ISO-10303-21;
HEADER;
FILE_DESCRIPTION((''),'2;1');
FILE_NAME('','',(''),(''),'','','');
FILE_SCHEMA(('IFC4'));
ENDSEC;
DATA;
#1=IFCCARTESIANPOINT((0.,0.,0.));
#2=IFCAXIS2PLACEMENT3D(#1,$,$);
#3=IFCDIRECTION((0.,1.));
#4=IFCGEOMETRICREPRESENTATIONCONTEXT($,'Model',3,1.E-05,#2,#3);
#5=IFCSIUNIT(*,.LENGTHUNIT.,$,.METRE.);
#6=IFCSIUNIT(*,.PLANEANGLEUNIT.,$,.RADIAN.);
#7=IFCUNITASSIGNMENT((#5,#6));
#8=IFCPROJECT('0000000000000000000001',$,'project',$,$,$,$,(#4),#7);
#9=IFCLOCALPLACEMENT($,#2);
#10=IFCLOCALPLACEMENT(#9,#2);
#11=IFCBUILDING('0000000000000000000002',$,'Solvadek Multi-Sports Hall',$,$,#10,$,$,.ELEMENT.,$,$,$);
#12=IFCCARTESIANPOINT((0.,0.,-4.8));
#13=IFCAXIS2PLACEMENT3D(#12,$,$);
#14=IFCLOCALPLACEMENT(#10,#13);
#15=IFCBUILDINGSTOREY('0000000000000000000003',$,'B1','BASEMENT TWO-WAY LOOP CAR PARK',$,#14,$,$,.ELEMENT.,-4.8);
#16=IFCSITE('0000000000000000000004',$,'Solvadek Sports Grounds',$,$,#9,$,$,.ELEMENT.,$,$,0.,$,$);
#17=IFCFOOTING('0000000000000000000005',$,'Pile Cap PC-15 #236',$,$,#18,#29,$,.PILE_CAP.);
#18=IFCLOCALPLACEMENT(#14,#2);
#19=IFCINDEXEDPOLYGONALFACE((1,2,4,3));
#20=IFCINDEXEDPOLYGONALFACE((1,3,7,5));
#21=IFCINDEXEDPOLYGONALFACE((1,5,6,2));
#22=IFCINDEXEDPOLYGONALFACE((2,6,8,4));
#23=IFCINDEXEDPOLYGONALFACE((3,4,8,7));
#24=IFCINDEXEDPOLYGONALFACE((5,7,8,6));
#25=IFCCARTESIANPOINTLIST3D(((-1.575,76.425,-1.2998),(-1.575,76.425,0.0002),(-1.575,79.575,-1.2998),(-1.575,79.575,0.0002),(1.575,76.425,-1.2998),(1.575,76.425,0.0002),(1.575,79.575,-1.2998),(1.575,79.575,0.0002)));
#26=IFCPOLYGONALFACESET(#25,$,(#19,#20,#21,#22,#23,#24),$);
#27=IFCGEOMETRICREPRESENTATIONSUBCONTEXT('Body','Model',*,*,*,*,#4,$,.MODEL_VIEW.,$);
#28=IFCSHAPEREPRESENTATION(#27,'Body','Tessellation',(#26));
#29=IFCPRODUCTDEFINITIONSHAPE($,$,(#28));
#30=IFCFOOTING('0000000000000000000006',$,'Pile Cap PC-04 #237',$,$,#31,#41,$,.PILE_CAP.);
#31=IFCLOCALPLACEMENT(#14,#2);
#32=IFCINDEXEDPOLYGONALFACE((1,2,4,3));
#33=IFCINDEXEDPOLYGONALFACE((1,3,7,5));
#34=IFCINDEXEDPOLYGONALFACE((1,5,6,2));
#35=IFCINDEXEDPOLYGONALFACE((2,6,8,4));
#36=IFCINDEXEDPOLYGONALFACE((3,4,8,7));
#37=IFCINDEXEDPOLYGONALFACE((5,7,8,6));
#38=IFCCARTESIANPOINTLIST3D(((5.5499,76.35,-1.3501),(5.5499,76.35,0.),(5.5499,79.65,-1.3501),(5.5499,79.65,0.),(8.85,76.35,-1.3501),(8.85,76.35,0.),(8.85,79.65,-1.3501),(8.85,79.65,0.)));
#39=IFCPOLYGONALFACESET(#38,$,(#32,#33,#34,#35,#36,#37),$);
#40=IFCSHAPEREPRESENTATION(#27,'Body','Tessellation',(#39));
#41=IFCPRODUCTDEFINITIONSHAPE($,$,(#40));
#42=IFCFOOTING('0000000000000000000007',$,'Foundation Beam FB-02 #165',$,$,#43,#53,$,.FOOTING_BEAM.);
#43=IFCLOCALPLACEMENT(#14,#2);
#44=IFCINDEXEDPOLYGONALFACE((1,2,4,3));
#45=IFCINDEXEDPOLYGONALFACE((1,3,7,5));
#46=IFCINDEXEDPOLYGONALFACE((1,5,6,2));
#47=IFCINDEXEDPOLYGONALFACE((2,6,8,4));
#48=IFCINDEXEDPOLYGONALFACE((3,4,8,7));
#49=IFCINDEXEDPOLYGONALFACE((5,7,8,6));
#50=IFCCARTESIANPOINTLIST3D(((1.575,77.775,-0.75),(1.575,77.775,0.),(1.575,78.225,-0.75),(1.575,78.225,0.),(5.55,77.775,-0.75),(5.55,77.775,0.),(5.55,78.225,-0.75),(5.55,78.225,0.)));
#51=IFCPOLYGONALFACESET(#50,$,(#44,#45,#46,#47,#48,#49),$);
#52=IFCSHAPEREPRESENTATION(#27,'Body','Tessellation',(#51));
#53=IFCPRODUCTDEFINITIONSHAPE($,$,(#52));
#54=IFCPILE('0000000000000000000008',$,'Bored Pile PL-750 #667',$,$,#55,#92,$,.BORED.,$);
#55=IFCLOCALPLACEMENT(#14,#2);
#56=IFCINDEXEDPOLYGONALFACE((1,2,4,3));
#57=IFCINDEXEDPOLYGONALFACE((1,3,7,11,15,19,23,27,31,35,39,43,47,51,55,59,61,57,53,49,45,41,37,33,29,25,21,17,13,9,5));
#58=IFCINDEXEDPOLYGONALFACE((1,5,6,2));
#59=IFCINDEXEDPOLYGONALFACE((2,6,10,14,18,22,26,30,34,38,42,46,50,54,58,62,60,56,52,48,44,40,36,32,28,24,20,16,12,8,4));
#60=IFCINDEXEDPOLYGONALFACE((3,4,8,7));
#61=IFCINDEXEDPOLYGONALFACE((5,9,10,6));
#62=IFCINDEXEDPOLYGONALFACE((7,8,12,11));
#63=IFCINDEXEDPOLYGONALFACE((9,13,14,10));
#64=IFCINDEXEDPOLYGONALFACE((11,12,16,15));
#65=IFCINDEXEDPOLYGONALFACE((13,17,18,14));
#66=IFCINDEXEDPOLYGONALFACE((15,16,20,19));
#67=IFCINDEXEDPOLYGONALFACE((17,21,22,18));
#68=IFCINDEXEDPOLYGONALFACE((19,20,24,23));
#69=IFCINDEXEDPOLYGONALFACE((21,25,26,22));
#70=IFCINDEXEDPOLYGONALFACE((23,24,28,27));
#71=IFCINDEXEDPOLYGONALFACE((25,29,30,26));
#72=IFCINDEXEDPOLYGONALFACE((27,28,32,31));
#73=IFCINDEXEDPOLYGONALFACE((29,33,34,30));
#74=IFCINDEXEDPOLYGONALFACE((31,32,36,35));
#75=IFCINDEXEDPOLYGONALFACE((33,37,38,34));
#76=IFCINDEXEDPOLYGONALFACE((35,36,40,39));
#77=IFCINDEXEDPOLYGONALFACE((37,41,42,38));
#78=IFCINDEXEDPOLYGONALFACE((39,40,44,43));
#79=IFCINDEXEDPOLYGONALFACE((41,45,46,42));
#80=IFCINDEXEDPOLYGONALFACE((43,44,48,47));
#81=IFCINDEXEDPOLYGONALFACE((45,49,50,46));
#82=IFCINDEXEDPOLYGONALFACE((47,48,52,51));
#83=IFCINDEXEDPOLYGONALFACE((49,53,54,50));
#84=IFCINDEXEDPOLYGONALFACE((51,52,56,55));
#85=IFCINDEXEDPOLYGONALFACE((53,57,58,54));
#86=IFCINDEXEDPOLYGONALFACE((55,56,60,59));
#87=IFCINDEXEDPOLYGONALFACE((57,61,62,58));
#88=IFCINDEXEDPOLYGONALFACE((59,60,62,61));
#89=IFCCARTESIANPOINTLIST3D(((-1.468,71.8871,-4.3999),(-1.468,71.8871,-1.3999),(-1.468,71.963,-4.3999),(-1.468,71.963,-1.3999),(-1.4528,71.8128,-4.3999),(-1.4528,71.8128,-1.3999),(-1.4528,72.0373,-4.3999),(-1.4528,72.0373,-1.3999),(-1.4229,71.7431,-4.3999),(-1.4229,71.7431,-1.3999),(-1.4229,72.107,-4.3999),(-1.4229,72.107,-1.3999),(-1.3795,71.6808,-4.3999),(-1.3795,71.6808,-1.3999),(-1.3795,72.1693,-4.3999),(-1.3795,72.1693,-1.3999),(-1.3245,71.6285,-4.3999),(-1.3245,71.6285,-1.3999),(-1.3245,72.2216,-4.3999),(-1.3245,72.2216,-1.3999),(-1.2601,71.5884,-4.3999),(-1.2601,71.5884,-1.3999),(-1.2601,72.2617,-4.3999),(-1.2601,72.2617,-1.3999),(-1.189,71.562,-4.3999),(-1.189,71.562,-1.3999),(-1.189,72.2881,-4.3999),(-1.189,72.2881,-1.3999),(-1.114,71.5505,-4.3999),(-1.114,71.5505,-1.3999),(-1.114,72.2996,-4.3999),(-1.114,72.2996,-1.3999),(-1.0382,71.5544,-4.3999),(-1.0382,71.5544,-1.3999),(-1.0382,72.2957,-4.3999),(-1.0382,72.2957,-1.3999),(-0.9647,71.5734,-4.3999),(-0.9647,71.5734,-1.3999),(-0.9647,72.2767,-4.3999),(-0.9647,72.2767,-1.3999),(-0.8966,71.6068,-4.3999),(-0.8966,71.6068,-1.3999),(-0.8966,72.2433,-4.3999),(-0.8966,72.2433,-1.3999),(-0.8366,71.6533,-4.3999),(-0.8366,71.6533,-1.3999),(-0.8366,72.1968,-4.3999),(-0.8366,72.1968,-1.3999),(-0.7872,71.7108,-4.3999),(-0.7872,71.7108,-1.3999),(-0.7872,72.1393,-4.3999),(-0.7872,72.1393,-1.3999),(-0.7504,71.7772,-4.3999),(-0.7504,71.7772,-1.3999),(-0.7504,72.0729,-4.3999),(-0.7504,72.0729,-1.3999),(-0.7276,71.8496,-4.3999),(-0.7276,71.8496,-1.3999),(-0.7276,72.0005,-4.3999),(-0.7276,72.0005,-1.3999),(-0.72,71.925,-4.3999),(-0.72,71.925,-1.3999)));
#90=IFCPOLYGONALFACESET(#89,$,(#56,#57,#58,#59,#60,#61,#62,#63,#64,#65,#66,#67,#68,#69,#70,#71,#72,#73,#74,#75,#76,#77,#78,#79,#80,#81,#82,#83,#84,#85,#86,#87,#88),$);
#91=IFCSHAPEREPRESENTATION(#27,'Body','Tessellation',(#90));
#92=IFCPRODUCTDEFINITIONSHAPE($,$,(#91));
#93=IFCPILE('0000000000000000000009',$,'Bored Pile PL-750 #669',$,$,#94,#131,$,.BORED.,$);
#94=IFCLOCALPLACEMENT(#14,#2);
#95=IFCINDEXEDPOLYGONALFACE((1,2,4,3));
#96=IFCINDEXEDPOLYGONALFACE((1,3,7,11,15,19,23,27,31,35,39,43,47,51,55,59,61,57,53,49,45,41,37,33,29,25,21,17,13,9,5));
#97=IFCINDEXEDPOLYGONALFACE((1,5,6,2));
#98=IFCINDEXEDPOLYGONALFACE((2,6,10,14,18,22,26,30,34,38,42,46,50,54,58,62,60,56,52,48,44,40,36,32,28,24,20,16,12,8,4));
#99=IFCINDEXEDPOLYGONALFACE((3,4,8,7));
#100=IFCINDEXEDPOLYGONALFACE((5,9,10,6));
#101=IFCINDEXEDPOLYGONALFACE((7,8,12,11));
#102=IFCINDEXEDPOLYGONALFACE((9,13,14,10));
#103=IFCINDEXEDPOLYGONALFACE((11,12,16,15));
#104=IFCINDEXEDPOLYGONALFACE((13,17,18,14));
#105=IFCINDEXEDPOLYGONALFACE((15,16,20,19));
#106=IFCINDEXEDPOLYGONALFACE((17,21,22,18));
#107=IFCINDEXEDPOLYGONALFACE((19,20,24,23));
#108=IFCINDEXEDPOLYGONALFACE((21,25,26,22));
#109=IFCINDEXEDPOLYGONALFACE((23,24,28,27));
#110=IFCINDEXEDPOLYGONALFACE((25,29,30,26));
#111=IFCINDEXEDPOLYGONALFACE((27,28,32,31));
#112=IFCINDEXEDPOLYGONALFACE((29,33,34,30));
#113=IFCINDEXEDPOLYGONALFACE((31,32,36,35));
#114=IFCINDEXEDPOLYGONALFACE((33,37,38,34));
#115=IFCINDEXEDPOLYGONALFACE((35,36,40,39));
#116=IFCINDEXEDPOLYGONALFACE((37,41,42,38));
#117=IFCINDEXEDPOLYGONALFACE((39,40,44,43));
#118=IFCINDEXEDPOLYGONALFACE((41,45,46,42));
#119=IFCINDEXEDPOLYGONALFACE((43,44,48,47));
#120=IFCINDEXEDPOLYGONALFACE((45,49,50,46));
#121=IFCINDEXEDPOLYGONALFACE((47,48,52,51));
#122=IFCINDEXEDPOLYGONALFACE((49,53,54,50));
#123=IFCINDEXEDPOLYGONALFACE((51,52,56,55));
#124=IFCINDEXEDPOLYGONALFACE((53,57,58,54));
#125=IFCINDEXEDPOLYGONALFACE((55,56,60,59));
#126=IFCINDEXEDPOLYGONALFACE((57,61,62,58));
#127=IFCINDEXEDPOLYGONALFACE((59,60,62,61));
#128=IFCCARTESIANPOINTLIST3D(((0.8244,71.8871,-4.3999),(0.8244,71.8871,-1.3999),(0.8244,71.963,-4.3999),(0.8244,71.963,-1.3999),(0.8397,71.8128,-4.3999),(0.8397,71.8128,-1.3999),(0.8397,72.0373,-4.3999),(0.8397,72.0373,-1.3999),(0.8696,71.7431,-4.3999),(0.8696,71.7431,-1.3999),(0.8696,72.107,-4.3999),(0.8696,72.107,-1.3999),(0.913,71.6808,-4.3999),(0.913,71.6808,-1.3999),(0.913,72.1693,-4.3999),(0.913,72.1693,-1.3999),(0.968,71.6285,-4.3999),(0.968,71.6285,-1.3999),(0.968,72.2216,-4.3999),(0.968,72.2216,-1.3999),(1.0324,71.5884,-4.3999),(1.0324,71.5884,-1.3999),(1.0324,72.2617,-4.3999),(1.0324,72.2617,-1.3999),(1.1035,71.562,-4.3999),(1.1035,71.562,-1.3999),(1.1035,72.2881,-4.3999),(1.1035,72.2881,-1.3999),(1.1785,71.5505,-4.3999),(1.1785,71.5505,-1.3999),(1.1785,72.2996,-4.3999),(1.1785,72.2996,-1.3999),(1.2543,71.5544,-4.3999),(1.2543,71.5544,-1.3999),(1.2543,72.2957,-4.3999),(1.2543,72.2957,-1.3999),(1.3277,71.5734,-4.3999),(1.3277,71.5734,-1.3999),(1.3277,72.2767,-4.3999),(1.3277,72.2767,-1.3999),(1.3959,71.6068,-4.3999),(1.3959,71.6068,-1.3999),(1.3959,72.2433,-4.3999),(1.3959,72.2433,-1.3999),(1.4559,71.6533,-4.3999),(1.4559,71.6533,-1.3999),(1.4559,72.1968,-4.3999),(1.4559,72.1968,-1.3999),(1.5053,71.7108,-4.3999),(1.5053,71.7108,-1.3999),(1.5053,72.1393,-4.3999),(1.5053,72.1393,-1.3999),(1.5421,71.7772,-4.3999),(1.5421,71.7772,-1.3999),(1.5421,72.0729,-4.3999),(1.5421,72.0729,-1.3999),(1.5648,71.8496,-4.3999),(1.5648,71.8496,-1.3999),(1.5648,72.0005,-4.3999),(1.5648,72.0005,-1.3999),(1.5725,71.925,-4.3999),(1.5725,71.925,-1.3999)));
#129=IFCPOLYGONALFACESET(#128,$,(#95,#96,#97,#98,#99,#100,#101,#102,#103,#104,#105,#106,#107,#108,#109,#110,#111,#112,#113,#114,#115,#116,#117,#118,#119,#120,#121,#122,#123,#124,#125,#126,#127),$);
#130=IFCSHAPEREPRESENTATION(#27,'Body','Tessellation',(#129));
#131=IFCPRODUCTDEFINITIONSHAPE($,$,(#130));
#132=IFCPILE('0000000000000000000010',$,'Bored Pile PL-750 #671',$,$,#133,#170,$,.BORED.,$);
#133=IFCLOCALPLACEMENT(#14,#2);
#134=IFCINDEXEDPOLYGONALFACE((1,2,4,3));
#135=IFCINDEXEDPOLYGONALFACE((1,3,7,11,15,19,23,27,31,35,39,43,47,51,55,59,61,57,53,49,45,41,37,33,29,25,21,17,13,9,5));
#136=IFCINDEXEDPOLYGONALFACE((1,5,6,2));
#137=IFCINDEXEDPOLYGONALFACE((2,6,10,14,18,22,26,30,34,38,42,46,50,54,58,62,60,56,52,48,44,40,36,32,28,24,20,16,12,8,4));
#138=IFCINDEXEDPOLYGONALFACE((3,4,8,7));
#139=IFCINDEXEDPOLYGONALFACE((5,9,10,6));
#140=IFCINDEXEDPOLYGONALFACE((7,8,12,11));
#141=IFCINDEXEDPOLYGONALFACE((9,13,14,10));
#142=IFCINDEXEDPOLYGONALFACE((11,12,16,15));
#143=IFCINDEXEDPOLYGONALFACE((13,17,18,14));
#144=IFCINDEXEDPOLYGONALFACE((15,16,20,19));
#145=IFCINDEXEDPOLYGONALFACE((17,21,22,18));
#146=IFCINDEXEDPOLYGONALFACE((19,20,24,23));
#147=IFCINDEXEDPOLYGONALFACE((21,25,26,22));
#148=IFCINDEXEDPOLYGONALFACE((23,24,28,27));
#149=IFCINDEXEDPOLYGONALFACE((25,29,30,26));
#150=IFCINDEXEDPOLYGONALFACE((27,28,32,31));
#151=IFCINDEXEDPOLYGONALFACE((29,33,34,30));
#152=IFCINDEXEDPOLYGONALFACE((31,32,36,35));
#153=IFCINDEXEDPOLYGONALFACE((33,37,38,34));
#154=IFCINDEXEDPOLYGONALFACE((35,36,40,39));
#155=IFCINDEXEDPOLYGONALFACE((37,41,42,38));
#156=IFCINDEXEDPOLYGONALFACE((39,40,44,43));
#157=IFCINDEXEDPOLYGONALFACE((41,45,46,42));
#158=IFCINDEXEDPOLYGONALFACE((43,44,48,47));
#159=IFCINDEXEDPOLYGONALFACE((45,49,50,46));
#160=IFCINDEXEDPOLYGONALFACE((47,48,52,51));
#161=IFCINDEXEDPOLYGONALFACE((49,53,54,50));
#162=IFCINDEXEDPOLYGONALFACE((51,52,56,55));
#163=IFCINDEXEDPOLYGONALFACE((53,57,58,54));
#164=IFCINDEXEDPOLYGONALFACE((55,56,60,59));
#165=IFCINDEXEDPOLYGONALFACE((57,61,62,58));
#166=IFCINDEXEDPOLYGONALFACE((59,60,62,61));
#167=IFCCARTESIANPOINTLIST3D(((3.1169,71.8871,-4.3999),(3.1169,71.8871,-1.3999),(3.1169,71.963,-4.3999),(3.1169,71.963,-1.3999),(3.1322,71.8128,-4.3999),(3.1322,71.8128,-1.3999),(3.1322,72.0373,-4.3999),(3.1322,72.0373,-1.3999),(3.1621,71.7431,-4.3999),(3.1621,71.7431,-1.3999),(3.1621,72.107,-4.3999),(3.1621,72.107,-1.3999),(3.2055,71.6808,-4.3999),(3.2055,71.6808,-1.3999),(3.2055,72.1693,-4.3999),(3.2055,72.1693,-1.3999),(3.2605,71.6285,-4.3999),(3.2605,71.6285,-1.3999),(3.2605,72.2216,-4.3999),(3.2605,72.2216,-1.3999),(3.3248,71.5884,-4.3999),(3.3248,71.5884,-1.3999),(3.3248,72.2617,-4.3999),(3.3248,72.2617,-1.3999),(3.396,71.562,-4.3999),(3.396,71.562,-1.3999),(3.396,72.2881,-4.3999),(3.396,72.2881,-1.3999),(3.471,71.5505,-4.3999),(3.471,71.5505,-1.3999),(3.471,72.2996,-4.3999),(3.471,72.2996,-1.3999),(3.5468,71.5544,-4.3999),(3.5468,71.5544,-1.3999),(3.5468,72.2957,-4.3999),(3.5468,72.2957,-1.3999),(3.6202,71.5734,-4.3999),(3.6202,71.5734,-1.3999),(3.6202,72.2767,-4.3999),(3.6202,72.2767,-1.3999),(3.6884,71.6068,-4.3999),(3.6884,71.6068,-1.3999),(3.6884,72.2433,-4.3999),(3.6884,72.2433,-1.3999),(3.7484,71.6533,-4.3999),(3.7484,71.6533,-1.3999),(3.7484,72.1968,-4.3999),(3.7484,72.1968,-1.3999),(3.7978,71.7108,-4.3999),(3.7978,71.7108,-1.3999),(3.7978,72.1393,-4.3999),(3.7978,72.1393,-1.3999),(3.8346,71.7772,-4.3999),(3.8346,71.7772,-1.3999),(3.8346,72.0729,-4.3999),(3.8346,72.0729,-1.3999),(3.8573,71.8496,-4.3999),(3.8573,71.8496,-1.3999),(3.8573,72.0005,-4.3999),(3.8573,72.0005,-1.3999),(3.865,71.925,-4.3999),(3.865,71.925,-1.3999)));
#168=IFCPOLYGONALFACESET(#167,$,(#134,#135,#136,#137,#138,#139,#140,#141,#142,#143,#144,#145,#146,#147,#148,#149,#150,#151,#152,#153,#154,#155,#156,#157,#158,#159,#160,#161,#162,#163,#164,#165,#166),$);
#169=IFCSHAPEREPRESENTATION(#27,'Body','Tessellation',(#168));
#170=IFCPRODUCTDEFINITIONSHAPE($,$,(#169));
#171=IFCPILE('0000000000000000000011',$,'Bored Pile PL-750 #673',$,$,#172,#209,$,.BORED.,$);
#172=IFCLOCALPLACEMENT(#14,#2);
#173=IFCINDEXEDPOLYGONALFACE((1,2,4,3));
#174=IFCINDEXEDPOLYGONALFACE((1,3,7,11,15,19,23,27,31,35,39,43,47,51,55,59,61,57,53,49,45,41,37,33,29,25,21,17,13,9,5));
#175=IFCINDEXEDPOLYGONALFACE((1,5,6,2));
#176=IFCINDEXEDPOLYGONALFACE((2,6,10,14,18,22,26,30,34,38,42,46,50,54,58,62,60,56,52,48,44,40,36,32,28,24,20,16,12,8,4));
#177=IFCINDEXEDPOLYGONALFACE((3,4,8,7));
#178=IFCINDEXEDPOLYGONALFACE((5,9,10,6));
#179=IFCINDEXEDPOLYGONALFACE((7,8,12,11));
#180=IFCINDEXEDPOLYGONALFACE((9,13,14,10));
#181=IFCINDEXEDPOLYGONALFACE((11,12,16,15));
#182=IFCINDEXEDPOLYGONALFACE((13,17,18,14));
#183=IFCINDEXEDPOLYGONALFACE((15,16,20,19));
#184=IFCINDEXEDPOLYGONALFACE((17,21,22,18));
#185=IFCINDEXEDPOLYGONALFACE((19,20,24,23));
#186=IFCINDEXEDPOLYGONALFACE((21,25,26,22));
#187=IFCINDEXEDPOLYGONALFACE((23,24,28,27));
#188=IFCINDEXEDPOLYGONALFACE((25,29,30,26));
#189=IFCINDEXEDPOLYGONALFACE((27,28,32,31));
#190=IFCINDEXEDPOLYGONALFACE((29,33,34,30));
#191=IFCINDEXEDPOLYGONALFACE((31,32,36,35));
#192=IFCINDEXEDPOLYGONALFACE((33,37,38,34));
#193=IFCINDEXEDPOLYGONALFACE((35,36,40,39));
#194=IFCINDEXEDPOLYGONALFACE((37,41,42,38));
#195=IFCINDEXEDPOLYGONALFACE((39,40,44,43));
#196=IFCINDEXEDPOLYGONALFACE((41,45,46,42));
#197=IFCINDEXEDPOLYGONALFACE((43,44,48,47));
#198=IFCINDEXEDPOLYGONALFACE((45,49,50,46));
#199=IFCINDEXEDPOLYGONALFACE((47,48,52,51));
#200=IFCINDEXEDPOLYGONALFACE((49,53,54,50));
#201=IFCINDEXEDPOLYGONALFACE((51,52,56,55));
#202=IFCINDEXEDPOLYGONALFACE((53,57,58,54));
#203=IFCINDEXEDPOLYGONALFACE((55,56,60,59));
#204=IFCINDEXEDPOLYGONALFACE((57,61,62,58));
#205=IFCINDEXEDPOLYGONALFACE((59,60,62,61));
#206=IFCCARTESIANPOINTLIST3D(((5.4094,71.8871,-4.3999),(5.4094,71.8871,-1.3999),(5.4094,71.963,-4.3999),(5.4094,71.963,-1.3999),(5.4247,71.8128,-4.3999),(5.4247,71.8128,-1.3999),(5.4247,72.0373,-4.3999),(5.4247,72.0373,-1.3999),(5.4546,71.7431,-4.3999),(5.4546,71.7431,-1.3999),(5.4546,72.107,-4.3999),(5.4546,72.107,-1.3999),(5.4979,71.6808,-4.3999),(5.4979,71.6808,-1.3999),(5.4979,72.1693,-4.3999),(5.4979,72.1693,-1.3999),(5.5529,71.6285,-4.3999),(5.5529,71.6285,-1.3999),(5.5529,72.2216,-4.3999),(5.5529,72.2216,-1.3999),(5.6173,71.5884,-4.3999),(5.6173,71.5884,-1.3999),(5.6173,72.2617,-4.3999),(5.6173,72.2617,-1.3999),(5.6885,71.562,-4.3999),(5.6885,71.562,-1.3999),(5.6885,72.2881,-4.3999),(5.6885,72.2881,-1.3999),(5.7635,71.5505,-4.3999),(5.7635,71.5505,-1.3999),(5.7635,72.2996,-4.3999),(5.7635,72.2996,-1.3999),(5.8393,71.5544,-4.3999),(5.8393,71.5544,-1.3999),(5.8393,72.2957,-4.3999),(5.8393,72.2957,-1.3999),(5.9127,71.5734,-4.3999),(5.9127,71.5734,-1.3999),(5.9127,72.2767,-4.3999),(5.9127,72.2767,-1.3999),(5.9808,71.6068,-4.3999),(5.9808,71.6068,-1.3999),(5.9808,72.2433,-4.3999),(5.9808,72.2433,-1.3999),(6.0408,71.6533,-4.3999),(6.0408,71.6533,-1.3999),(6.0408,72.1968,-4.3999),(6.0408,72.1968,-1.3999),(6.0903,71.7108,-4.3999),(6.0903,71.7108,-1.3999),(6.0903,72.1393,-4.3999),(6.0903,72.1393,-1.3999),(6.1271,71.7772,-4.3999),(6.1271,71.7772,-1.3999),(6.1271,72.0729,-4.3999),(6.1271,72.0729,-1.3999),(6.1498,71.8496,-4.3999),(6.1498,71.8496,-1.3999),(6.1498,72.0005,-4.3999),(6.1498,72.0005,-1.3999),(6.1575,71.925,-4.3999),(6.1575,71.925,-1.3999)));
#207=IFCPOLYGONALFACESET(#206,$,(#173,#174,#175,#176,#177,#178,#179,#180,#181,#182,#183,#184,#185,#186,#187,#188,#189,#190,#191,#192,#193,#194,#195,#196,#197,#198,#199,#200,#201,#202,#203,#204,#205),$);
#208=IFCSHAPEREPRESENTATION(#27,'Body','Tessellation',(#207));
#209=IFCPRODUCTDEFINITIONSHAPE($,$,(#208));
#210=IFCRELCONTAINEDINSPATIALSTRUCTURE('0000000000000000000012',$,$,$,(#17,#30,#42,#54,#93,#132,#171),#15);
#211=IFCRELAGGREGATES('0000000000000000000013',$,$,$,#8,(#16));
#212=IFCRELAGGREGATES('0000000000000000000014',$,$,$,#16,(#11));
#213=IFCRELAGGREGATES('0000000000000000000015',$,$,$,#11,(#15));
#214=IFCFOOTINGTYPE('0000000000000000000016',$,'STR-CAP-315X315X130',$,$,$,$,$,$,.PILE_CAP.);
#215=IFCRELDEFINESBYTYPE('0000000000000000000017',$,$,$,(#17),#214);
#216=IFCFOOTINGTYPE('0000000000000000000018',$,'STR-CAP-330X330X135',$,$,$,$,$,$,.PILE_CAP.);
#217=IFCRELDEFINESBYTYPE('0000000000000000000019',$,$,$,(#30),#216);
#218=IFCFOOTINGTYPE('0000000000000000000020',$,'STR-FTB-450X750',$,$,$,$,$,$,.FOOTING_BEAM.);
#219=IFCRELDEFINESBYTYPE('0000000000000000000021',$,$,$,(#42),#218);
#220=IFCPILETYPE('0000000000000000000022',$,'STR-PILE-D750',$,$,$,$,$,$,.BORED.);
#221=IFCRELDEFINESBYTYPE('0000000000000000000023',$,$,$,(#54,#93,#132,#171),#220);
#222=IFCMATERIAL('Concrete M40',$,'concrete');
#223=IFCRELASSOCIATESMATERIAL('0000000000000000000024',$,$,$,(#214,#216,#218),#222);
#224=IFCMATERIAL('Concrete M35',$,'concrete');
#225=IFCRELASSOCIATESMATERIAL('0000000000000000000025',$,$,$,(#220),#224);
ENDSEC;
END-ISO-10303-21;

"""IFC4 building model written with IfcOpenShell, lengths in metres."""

from ifc_helpers import new_model, si_unit, direction, frame, origin, origin_2d, place, context, subcontext, project, spatial, rectangle, circle, extrude, material, material_profile, profile_set, type_object, element, save


model = new_model("IFC4")

# Units and contexts
model_context = context("Model", 3, precision=1e-05, world=origin(), true_north=direction((0.0, 1.0)))
body_context = subcontext(model_context, "Body", "Model", "MODEL_VIEW")
ifc_project = project(units=[si_unit("LENGTHUNIT", "METRE"), si_unit("PLANEANGLEUNIT", "RADIAN")], contexts=[model_context])

# Site, building, storey
site_placement = place(None, origin())
site = spatial("IfcSite", under=ifc_project, at=site_placement, Name="Solvadek Sports Grounds", CompositionType="ELEMENT", RefElevation=0.0)
building_placement = place(site_placement, origin())
building = spatial("IfcBuilding", under=site, at=building_placement, Name="Solvadek Multi-Sports Hall", CompositionType="ELEMENT")
storey_placement = place(building_placement, frame((0.0, 0.0, -4.8)))
storey = spatial("IfcBuildingStorey", under=building, at=storey_placement, Name="B1", Description="BASEMENT TWO-WAY LOOP CAR PARK", CompositionType="ELEMENT", Elevation=-4.8)

# Footings
ifc_material_1 = material(Name="Concrete M40", Category="concrete")
footing_type_1 = type_object("IfcFootingType", Name="STR-CAP-315X315X130", PredefinedType="PILE_CAP", material=ifc_material_1)
footing_1_placement = place(storey_placement, frame((0.0, 78.0, -1.2998), z_axis=(0.0, 0.0, 1.0), x_axis=(1.0, 0.0, 0.0)))
element("IfcFooting", 1, at=footing_1_placement, inside=storey, type_object=footing_type_1, Name="Pile Cap PC-15 #236", PredefinedType="PILE_CAP", context=body_context, shape_type="SweptSolid", body=[
    extrude(rectangle(XDim=3.1499, YDim=3.1499, at=origin_2d()), origin(), (0.0, 0.0, 1.0), 1.3),
])
footing_type_2 = type_object("IfcFootingType", Name="STR-CAP-330X330X135", PredefinedType="PILE_CAP", material=ifc_material_1)
footing_2_placement = place(storey_placement, frame((7.2, 78.0, -1.3501), z_axis=(0.0, 0.0, 1.0), x_axis=(1.0, 0.0, 0.0)))
element("IfcFooting", 2, at=footing_2_placement, inside=storey, type_object=footing_type_2, Name="Pile Cap PC-04 #237", PredefinedType="PILE_CAP", context=body_context, shape_type="SweptSolid", body=[
    extrude(rectangle(XDim=3.3, YDim=3.3, at=origin_2d()), origin(), (0.0, 0.0, 1.0), 1.3501),
])
footing_type_3 = type_object("IfcFootingType", Name="STR-FTB-450X750", PredefinedType="FOOTING_BEAM", material=ifc_material_1)
footing_3_placement = place(storey_placement, frame((3.5625, 78.0, -0.75), z_axis=(0.0, 0.0, 1.0), x_axis=(1.0, 0.0, 0.0)))
element("IfcFooting", 3, at=footing_3_placement, inside=storey, type_object=footing_type_3, Name="Foundation Beam FB-02 #165", PredefinedType="FOOTING_BEAM", context=body_context, shape_type="SweptSolid", body=[
    extrude(rectangle(XDim=3.9751, YDim=0.45, at=origin_2d()), origin(), (0.0, 0.0, 1.0), 0.75),
])

# Piles
ifc_material_2 = material(Name="Concrete M35", Category="concrete")
ifc_material_profile_1 = material_profile(ifc_material_2, circle(Radius=0.375, at=origin_2d()), Name="BORED PILE D750")
ifc_profile_set_1 = profile_set([ifc_material_profile_1], Name="Concrete M35")
pile_type = type_object("IfcPileType", Name="STR-PILE-D750", PredefinedType="BORED", material=ifc_profile_set_1)
for number, where, z_axis, x_axis, name in (
    (4, (-1.095, 71.925, -1.3999), (0.0, 0.0, -1.0), (1.0, 0.0, 0.0), "Bored Pile PL-750 #667"),
    (5, (1.1975, 71.925, -1.3999), (0.0, 0.0, -1.0), (1.0, 0.0, 0.0), "Bored Pile PL-750 #669"),
    (6, (3.49, 71.925, -1.3999), (0.0, 0.0, -1.0), (1.0, 0.0, 0.0), "Bored Pile PL-750 #671"),
    (7, (5.7825, 71.925, -1.3999), (0.0, 0.0, -1.0), (1.0, 0.0, 0.0), "Bored Pile PL-750 #673"),
):
    element("IfcPile", number, at=place(storey_placement, frame(where, z_axis=z_axis, x_axis=x_axis)), inside=storey, type_object=pile_type, Name=name, PredefinedType="BORED", context=body_context, shape_type="SweptSolid", body=[
        extrude(circle(Radius=0.375, at=origin_2d()), origin(), (0.0, 0.0, 1.0), 3.0),
    ])

save(model, "model.ifc")
